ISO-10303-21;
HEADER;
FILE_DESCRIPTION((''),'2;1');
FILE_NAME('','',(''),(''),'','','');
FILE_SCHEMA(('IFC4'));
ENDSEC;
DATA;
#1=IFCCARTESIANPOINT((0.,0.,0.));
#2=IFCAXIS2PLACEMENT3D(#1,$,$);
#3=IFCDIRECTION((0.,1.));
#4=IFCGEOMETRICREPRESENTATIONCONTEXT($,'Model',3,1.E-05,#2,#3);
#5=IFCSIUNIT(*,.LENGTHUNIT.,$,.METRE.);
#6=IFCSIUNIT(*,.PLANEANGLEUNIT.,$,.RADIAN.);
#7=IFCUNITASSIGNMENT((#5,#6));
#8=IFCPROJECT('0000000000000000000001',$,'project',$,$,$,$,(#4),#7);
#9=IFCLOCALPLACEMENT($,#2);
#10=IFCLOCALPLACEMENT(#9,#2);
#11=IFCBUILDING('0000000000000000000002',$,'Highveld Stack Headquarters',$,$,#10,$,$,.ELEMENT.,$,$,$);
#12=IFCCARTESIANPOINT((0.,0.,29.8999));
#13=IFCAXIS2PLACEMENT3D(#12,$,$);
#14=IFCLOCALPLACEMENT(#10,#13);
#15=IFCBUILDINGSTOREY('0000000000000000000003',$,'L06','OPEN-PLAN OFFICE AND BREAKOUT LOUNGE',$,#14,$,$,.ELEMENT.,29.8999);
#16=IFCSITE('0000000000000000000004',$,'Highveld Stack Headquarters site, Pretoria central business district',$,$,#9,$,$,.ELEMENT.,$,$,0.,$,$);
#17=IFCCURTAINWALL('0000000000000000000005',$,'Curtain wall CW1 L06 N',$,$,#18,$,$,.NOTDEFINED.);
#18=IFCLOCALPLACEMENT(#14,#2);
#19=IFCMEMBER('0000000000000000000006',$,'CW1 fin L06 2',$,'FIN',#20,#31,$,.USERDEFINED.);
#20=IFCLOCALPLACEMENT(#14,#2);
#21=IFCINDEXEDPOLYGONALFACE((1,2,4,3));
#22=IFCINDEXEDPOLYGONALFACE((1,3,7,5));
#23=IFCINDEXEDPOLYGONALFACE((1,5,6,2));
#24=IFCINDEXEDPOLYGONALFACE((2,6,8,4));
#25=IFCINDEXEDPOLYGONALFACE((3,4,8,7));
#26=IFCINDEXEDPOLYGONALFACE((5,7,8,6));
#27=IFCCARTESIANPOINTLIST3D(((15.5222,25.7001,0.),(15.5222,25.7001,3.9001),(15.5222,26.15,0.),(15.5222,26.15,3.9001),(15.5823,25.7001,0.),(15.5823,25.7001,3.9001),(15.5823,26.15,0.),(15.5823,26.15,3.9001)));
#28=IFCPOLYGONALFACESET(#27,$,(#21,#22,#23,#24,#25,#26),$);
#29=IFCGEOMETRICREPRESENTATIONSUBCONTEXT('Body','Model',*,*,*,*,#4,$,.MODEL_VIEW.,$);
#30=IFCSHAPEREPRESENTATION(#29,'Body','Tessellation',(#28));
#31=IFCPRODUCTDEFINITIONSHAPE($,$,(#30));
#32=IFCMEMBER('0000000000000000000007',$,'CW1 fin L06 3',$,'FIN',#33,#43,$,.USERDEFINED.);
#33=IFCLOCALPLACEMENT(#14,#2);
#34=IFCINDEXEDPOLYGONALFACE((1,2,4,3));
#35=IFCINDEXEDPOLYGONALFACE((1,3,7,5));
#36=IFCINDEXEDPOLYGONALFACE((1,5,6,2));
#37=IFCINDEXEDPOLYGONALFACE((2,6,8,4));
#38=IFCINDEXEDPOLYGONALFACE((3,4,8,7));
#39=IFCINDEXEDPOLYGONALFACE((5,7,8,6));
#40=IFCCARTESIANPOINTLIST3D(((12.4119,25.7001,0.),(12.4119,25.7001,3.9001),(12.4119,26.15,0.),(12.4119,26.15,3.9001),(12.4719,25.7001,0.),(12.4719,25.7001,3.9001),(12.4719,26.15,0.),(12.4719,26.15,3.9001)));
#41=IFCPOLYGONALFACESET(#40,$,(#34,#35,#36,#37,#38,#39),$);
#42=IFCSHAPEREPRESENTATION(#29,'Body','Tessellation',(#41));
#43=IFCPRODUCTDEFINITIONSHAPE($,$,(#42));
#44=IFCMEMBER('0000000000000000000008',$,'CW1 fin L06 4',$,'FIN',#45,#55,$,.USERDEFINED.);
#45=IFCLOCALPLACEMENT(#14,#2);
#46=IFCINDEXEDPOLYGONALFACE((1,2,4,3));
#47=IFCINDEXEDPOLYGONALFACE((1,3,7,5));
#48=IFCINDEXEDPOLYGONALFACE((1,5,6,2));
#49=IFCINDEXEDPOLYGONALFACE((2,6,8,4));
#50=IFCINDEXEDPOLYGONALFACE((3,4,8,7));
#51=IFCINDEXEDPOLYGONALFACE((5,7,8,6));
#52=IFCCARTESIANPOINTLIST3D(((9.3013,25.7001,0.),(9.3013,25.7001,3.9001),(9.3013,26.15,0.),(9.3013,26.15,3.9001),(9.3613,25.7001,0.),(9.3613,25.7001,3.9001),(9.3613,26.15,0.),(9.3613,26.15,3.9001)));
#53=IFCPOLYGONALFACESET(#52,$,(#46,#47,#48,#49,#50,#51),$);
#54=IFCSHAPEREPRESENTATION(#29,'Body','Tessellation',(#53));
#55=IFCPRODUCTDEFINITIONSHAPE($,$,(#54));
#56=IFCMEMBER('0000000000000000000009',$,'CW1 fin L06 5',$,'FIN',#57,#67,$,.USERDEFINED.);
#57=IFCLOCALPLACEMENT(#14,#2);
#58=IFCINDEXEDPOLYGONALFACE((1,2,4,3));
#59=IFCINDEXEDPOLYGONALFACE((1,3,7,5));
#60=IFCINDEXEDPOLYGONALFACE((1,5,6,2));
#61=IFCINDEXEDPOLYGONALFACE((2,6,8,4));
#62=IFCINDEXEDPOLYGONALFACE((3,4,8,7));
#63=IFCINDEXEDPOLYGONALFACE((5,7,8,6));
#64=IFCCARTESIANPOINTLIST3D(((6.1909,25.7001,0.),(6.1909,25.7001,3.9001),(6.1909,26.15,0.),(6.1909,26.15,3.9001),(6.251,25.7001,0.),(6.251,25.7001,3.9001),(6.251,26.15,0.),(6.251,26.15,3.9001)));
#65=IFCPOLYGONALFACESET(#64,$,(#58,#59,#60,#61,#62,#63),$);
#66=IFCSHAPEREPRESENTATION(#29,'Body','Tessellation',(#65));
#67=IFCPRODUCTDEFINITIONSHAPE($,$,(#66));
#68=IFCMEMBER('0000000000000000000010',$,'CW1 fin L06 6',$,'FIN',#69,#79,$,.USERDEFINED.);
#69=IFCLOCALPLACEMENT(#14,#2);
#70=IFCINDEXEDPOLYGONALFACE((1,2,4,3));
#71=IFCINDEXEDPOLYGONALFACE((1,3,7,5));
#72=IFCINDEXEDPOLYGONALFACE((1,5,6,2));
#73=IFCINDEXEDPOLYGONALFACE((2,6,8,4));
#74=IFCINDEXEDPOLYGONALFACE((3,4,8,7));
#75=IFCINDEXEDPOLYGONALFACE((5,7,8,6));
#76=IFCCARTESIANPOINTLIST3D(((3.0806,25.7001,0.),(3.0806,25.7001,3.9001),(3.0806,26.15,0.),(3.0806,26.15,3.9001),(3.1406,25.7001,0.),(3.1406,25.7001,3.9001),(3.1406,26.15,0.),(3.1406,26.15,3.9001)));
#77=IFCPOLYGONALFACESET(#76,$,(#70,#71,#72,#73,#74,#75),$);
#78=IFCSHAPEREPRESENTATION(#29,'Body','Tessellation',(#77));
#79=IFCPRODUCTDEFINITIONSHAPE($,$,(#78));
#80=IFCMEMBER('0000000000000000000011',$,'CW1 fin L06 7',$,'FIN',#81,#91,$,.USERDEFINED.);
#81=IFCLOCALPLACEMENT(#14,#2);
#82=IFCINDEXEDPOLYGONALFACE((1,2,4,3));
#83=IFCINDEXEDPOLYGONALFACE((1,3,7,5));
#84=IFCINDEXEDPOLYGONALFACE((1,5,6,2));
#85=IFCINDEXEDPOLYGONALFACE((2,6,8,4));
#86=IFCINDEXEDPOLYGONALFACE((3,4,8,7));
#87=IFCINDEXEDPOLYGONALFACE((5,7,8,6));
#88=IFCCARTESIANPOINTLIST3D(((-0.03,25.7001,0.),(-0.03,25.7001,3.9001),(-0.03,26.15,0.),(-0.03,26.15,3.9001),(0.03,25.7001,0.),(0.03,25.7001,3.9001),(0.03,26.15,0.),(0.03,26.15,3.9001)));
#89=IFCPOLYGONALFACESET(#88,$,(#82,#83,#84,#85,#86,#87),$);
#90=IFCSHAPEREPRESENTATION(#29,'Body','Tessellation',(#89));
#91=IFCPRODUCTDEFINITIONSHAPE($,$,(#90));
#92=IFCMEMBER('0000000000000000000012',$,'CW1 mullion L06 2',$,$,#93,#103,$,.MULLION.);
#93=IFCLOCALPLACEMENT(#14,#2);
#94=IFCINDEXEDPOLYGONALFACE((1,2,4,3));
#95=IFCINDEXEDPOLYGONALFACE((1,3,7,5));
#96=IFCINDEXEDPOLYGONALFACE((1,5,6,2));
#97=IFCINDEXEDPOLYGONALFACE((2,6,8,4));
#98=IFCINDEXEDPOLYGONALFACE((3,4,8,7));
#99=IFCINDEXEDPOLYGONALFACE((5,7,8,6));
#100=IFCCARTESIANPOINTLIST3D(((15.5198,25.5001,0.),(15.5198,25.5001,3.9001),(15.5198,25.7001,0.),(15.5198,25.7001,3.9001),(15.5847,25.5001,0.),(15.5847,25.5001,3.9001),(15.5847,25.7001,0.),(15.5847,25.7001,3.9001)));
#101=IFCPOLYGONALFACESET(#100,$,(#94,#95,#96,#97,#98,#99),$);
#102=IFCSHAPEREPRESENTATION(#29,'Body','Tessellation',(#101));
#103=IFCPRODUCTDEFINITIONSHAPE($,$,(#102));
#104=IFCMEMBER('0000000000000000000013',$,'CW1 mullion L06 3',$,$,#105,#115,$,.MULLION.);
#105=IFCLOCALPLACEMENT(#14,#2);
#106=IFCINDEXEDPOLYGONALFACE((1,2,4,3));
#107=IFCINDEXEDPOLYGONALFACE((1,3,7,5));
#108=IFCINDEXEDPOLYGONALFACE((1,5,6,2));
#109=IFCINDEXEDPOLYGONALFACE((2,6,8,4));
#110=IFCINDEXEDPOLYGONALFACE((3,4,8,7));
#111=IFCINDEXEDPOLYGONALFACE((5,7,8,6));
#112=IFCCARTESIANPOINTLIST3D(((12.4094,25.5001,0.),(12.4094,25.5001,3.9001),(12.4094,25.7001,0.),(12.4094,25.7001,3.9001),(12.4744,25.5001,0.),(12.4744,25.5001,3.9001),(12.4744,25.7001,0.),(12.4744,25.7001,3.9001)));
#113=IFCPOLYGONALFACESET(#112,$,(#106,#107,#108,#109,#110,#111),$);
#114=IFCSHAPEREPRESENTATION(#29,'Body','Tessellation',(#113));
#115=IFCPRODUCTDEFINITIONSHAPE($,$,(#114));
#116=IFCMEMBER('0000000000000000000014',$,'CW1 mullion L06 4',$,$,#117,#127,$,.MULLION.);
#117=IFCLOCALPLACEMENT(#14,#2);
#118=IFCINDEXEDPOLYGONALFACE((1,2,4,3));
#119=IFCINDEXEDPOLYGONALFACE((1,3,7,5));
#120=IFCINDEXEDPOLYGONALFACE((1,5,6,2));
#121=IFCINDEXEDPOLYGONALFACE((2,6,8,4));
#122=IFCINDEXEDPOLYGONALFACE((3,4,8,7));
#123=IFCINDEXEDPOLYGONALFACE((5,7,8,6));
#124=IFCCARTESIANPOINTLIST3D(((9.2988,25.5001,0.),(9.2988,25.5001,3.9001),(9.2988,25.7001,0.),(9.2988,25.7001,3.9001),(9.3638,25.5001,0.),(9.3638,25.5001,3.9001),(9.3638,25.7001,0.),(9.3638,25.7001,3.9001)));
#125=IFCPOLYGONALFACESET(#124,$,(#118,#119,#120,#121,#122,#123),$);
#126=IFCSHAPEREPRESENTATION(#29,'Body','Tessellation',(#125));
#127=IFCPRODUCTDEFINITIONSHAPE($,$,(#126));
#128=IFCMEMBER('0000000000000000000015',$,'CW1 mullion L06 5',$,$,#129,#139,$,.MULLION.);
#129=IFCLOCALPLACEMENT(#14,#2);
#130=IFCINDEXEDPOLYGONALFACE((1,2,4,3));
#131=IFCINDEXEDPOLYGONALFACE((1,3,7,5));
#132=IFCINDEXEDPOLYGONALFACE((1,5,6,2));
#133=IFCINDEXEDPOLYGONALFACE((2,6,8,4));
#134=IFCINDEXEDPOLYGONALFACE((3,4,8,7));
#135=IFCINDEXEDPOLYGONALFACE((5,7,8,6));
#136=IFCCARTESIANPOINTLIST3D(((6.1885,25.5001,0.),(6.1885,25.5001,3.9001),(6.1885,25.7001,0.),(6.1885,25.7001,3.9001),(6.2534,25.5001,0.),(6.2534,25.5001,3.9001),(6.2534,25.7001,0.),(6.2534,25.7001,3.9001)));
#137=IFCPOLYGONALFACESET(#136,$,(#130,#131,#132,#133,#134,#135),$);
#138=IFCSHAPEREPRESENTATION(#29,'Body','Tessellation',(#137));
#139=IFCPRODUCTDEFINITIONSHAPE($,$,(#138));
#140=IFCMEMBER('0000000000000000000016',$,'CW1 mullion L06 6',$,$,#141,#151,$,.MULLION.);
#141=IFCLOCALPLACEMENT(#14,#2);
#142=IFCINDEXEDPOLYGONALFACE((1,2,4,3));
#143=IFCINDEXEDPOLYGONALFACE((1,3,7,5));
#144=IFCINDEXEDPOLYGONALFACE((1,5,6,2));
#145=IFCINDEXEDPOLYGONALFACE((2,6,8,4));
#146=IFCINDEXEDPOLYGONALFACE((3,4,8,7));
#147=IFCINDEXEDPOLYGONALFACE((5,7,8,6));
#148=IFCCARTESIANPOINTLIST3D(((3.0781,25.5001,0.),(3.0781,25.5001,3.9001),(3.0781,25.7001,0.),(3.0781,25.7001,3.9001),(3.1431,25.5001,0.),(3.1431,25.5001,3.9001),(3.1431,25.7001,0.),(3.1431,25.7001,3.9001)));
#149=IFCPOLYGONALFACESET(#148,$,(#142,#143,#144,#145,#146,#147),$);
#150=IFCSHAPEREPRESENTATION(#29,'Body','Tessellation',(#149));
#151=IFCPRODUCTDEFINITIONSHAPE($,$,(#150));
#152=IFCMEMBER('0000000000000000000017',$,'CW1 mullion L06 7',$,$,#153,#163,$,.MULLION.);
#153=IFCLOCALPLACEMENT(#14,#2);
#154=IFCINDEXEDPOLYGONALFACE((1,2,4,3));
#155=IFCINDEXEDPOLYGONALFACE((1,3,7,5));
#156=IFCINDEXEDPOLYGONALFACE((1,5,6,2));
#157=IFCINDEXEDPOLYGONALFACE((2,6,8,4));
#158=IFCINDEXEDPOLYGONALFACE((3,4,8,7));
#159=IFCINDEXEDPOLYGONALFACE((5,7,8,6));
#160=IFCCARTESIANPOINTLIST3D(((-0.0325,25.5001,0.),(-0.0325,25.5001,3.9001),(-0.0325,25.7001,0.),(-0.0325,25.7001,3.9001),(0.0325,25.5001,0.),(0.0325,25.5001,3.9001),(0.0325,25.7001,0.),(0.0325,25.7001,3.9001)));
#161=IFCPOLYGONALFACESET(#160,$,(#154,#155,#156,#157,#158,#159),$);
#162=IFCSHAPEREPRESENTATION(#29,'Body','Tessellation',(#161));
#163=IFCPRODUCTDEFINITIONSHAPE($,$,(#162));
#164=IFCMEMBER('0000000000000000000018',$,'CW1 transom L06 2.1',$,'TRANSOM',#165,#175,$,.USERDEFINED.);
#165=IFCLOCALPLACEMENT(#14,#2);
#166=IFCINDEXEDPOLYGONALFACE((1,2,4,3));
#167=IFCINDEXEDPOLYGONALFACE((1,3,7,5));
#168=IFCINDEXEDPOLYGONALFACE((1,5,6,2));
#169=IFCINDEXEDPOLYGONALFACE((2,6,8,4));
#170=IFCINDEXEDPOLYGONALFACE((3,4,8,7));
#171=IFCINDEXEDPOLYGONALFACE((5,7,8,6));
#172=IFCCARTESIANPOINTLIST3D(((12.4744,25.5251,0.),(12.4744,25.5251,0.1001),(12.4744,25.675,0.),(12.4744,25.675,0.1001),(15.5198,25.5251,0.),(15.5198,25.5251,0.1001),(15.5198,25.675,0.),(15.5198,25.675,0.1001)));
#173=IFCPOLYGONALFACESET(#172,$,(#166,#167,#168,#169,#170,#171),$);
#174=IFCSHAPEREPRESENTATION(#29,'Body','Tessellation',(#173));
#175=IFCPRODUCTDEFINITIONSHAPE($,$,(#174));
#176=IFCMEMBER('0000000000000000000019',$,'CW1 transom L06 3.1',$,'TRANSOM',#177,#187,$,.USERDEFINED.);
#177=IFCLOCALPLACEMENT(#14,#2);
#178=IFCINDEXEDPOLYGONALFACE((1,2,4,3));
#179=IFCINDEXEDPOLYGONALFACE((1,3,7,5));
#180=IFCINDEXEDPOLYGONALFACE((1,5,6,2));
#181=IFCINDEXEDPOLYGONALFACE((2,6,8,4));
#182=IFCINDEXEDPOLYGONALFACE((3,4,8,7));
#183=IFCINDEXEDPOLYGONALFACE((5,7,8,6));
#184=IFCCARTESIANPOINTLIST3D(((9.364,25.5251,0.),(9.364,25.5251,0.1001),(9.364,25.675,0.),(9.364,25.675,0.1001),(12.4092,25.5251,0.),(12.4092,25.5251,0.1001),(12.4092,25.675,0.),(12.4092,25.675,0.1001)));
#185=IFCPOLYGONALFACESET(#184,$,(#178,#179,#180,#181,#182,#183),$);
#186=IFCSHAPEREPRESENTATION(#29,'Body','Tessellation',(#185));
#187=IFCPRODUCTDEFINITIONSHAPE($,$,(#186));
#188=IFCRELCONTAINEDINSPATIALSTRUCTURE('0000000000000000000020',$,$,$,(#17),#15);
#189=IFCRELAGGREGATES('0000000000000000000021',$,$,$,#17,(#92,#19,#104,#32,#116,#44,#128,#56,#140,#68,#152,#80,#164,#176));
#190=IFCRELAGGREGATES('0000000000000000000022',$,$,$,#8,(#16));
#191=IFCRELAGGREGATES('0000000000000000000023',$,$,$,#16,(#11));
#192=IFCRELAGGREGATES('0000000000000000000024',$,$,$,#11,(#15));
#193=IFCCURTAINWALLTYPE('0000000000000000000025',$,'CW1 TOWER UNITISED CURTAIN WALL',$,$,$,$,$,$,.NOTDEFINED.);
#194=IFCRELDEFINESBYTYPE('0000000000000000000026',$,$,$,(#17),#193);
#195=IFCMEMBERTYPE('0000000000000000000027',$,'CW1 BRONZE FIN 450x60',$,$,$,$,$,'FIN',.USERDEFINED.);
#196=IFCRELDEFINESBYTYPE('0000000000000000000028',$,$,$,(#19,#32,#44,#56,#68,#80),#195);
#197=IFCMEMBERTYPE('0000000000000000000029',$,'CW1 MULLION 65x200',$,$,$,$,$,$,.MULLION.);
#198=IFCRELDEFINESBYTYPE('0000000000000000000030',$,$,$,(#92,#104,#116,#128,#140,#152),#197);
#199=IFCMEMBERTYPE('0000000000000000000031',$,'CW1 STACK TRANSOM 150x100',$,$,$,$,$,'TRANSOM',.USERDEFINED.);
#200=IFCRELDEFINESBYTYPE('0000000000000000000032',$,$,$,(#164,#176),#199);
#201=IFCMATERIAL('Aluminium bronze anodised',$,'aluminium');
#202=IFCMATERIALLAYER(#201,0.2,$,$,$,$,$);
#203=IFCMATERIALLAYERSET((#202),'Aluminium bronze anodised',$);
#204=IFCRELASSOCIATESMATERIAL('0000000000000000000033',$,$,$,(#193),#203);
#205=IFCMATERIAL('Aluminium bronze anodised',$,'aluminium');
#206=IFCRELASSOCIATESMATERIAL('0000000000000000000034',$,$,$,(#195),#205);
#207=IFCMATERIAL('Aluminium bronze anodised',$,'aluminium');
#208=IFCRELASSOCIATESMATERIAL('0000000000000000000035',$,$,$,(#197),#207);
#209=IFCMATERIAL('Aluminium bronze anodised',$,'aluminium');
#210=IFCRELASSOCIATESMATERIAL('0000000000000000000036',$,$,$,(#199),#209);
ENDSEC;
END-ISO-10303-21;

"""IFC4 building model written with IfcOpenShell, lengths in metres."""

from ifc_helpers import new_model, si_unit, direction, frame, origin, origin_2d, place, context, subcontext, project, spatial, rectangle, extrude, material, layer, layer_set, material_profile, profile_set, type_object, element, aggregate, save


model = new_model("IFC4")

# Units and contexts
model_context = context("Model", 3, precision=1e-05, world=origin(), true_north=direction((0.0, 1.0)))
body_context = subcontext(model_context, "Body", "Model", "MODEL_VIEW")
ifc_project = project(units=[si_unit("LENGTHUNIT", "METRE"), si_unit("PLANEANGLEUNIT", "RADIAN")], contexts=[model_context])

# Site, building, storey
site_placement = place(None, origin())
site = spatial("IfcSite", under=ifc_project, at=site_placement, Name="Highveld Stack Headquarters site, Pretoria central business district", CompositionType="ELEMENT", RefElevation=0.0)
building_placement = place(site_placement, origin())
building = spatial("IfcBuilding", under=site, at=building_placement, Name="Highveld Stack Headquarters", CompositionType="ELEMENT")
storey_placement = place(building_placement, frame((0.0, 0.0, 29.8999)))
storey = spatial("IfcBuildingStorey", under=building, at=storey_placement, Name="L06", Description="OPEN-PLAN OFFICE AND BREAKOUT LOUNGE", CompositionType="ELEMENT", Elevation=29.8999)

# Curtain wall, members
ifc_material_1 = material(Name="Aluminium bronze anodised", Category="aluminium")
ifc_layer_1 = layer(ifc_material_1, 0.2)
ifc_layer_set_1 = layer_set([ifc_layer_1], Name="Aluminium bronze anodised")
curtain_wall_type = type_object("IfcCurtainWallType", Name="CW1 TOWER UNITISED CURTAIN WALL", PredefinedType="NOTDEFINED", material=ifc_layer_set_1)
curtain_wall_placement = place(storey_placement, origin())
curtain_wall = element("IfcCurtainWall", 1, at=curtain_wall_placement, inside=storey, type_object=curtain_wall_type, Name="Curtain wall CW1 L06 N", PredefinedType="NOTDEFINED")
ifc_material_2 = material(Name="Aluminium bronze anodised", Category="aluminium")
ifc_material_profile_1 = material_profile(ifc_material_2, rectangle(XDim=0.45, YDim=0.0601, at=origin_2d()), Name="FIN 450x60")
ifc_profile_set_1 = profile_set([ifc_material_profile_1], Name="Aluminium bronze anodised")
member_type_1 = type_object("IfcMemberType", Name="CW1 BRONZE FIN 450x60", ElementType="FIN", PredefinedType="USERDEFINED", material=ifc_profile_set_1)
member_1_placement = place(storey_placement, frame((15.5522, 25.925, 0.0), z_axis=(0.0, 0.0, 1.0), x_axis=(0.0, -1.0, 0.0)))
member_1 = element("IfcMember", 2, at=member_1_placement, type_object=member_type_1, Name="CW1 fin L06 2", ObjectType="FIN", PredefinedType="USERDEFINED", context=body_context, shape_type="SweptSolid", body=[
    extrude(rectangle(XDim=0.45, YDim=0.0601, at=origin_2d()), origin(), (0.0, 0.0, 1.0), 3.9001),
])
member_2_placement = place(storey_placement, frame((12.4419, 25.925, 0.0), z_axis=(0.0, 0.0, 1.0), x_axis=(0.0, -1.0, 0.0)))
member_2 = element("IfcMember", 3, at=member_2_placement, type_object=member_type_1, Name="CW1 fin L06 3", ObjectType="FIN", PredefinedType="USERDEFINED", context=body_context, shape_type="SweptSolid", body=[
    extrude(rectangle(XDim=0.45, YDim=0.0601, at=origin_2d()), origin(), (0.0, 0.0, 1.0), 3.9001),
])
member_3_placement = place(storey_placement, frame((9.3313, 25.925, 0.0), z_axis=(0.0, 0.0, 1.0), x_axis=(0.0, -1.0, 0.0)))
member_3 = element("IfcMember", 4, at=member_3_placement, type_object=member_type_1, Name="CW1 fin L06 4", ObjectType="FIN", PredefinedType="USERDEFINED", context=body_context, shape_type="SweptSolid", body=[
    extrude(rectangle(XDim=0.45, YDim=0.0601, at=origin_2d()), origin(), (0.0, 0.0, 1.0), 3.9001),
])
member_4_placement = place(storey_placement, frame((6.2209, 25.925, 0.0), z_axis=(0.0, 0.0, 1.0), x_axis=(0.0, -1.0, 0.0)))
member_4 = element("IfcMember", 5, at=member_4_placement, type_object=member_type_1, Name="CW1 fin L06 5", ObjectType="FIN", PredefinedType="USERDEFINED", context=body_context, shape_type="SweptSolid", body=[
    extrude(rectangle(XDim=0.45, YDim=0.0601, at=origin_2d()), origin(), (0.0, 0.0, 1.0), 3.9001),
])
member_5_placement = place(storey_placement, frame((3.1106, 25.925, 0.0), z_axis=(0.0, 0.0, 1.0), x_axis=(0.0, -1.0, 0.0)))
member_5 = element("IfcMember", 6, at=member_5_placement, type_object=member_type_1, Name="CW1 fin L06 6", ObjectType="FIN", PredefinedType="USERDEFINED", context=body_context, shape_type="SweptSolid", body=[
    extrude(rectangle(XDim=0.45, YDim=0.0601, at=origin_2d()), origin(), (0.0, 0.0, 1.0), 3.9001),
])
member_6_placement = place(storey_placement, frame((0.0, 25.925, 0.0), z_axis=(0.0, 0.0, 1.0), x_axis=(0.0, -1.0, 0.0)))
member_6 = element("IfcMember", 7, at=member_6_placement, type_object=member_type_1, Name="CW1 fin L06 7", ObjectType="FIN", PredefinedType="USERDEFINED", context=body_context, shape_type="SweptSolid", body=[
    extrude(rectangle(XDim=0.45, YDim=0.0601, at=origin_2d()), origin(), (0.0, 0.0, 1.0), 3.9001),
])
ifc_material_3 = material(Name="Aluminium bronze anodised", Category="aluminium")
ifc_material_profile_2 = material_profile(ifc_material_3, rectangle(XDim=0.2, YDim=0.0649, at=origin_2d()), Name="CW1 MULLION 65x200")
ifc_profile_set_2 = profile_set([ifc_material_profile_2], Name="Aluminium bronze anodised")
member_type_2 = type_object("IfcMemberType", Name="CW1 MULLION 65x200", PredefinedType="MULLION", material=ifc_profile_set_2)
member_7_placement = place(storey_placement, frame((15.5522, 25.6001, 0.0), z_axis=(0.0, 0.0, 1.0), x_axis=(0.0, -1.0, 0.0)))
member_7 = element("IfcMember", 8, at=member_7_placement, type_object=member_type_2, Name="CW1 mullion L06 2", PredefinedType="MULLION", context=body_context, shape_type="SweptSolid", body=[
    extrude(rectangle(XDim=0.2, YDim=0.0649, at=origin_2d()), origin(), (0.0, 0.0, 1.0), 3.9001),
])
member_8_placement = place(storey_placement, frame((12.4419, 25.6001, 0.0), z_axis=(0.0, 0.0, 1.0), x_axis=(0.0, -1.0, 0.0)))
member_8 = element("IfcMember", 9, at=member_8_placement, type_object=member_type_2, Name="CW1 mullion L06 3", PredefinedType="MULLION", context=body_context, shape_type="SweptSolid", body=[
    extrude(rectangle(XDim=0.2, YDim=0.0649, at=origin_2d()), origin(), (0.0, 0.0, 1.0), 3.9001),
])
member_9_placement = place(storey_placement, frame((9.3313, 25.6001, 0.0), z_axis=(0.0, 0.0, 1.0), x_axis=(0.0, -1.0, 0.0)))
member_9 = element("IfcMember", 10, at=member_9_placement, type_object=member_type_2, Name="CW1 mullion L06 4", PredefinedType="MULLION", context=body_context, shape_type="SweptSolid", body=[
    extrude(rectangle(XDim=0.2, YDim=0.0649, at=origin_2d()), origin(), (0.0, 0.0, 1.0), 3.9001),
])
member_10_placement = place(storey_placement, frame((6.2209, 25.6001, 0.0), z_axis=(0.0, 0.0, 1.0), x_axis=(0.0, -1.0, 0.0)))
member_10 = element("IfcMember", 11, at=member_10_placement, type_object=member_type_2, Name="CW1 mullion L06 5", PredefinedType="MULLION", context=body_context, shape_type="SweptSolid", body=[
    extrude(rectangle(XDim=0.2, YDim=0.0649, at=origin_2d()), origin(), (0.0, 0.0, 1.0), 3.9001),
])
member_11_placement = place(storey_placement, frame((3.1106, 25.6001, 0.0), z_axis=(0.0, 0.0, 1.0), x_axis=(0.0, -1.0, 0.0)))
member_11 = element("IfcMember", 12, at=member_11_placement, type_object=member_type_2, Name="CW1 mullion L06 6", PredefinedType="MULLION", context=body_context, shape_type="SweptSolid", body=[
    extrude(rectangle(XDim=0.2, YDim=0.0649, at=origin_2d()), origin(), (0.0, 0.0, 1.0), 3.9001),
])
member_12_placement = place(storey_placement, frame((0.0, 25.6001, 0.0), z_axis=(0.0, 0.0, 1.0), x_axis=(0.0, -1.0, 0.0)))
member_12 = element("IfcMember", 13, at=member_12_placement, type_object=member_type_2, Name="CW1 mullion L06 7", PredefinedType="MULLION", context=body_context, shape_type="SweptSolid", body=[
    extrude(rectangle(XDim=0.2, YDim=0.0649, at=origin_2d()), origin(), (0.0, 0.0, 1.0), 3.9001),
])
ifc_material_4 = material(Name="Aluminium bronze anodised", Category="aluminium")
ifc_material_profile_3 = material_profile(ifc_material_4, rectangle(XDim=0.1499, YDim=0.1001, at=origin_2d()), Name="CW1 TRANSOM 150x100")
ifc_profile_set_3 = profile_set([ifc_material_profile_3], Name="Aluminium bronze anodised")
member_type_3 = type_object("IfcMemberType", Name="CW1 STACK TRANSOM 150x100", ElementType="TRANSOM", PredefinedType="USERDEFINED", material=ifc_profile_set_3)
member_13_placement = place(storey_placement, frame((15.5198, 25.6001, 0.05), z_axis=(-1.0, 0.0, 0.0), x_axis=(0.0, -1.0, 0.0)))
member_13 = element("IfcMember", 14, at=member_13_placement, type_object=member_type_3, Name="CW1 transom L06 2.1", ObjectType="TRANSOM", PredefinedType="USERDEFINED", context=body_context, shape_type="SweptSolid", body=[
    extrude(rectangle(XDim=0.1499, YDim=0.1001, at=origin_2d()), origin(), (0.0, 0.0, 1.0), 3.0454),
])
member_14_placement = place(storey_placement, frame((12.4092, 25.6001, 0.05), z_axis=(-1.0, 0.0, 0.0), x_axis=(0.0, -1.0, 0.0)))
member_14 = element("IfcMember", 15, at=member_14_placement, type_object=member_type_3, Name="CW1 transom L06 3.1", ObjectType="TRANSOM", PredefinedType="USERDEFINED", context=body_context, shape_type="SweptSolid", body=[
    extrude(rectangle(XDim=0.1499, YDim=0.1001, at=origin_2d()), origin(), (0.0, 0.0, 1.0), 3.0452),
])
aggregate(curtain_wall, [member_7, member_1, member_8, member_2, member_9, member_3, member_10, member_4, member_11, member_5, member_12, member_6, member_13, member_14])

save(model, "model.ifc")
